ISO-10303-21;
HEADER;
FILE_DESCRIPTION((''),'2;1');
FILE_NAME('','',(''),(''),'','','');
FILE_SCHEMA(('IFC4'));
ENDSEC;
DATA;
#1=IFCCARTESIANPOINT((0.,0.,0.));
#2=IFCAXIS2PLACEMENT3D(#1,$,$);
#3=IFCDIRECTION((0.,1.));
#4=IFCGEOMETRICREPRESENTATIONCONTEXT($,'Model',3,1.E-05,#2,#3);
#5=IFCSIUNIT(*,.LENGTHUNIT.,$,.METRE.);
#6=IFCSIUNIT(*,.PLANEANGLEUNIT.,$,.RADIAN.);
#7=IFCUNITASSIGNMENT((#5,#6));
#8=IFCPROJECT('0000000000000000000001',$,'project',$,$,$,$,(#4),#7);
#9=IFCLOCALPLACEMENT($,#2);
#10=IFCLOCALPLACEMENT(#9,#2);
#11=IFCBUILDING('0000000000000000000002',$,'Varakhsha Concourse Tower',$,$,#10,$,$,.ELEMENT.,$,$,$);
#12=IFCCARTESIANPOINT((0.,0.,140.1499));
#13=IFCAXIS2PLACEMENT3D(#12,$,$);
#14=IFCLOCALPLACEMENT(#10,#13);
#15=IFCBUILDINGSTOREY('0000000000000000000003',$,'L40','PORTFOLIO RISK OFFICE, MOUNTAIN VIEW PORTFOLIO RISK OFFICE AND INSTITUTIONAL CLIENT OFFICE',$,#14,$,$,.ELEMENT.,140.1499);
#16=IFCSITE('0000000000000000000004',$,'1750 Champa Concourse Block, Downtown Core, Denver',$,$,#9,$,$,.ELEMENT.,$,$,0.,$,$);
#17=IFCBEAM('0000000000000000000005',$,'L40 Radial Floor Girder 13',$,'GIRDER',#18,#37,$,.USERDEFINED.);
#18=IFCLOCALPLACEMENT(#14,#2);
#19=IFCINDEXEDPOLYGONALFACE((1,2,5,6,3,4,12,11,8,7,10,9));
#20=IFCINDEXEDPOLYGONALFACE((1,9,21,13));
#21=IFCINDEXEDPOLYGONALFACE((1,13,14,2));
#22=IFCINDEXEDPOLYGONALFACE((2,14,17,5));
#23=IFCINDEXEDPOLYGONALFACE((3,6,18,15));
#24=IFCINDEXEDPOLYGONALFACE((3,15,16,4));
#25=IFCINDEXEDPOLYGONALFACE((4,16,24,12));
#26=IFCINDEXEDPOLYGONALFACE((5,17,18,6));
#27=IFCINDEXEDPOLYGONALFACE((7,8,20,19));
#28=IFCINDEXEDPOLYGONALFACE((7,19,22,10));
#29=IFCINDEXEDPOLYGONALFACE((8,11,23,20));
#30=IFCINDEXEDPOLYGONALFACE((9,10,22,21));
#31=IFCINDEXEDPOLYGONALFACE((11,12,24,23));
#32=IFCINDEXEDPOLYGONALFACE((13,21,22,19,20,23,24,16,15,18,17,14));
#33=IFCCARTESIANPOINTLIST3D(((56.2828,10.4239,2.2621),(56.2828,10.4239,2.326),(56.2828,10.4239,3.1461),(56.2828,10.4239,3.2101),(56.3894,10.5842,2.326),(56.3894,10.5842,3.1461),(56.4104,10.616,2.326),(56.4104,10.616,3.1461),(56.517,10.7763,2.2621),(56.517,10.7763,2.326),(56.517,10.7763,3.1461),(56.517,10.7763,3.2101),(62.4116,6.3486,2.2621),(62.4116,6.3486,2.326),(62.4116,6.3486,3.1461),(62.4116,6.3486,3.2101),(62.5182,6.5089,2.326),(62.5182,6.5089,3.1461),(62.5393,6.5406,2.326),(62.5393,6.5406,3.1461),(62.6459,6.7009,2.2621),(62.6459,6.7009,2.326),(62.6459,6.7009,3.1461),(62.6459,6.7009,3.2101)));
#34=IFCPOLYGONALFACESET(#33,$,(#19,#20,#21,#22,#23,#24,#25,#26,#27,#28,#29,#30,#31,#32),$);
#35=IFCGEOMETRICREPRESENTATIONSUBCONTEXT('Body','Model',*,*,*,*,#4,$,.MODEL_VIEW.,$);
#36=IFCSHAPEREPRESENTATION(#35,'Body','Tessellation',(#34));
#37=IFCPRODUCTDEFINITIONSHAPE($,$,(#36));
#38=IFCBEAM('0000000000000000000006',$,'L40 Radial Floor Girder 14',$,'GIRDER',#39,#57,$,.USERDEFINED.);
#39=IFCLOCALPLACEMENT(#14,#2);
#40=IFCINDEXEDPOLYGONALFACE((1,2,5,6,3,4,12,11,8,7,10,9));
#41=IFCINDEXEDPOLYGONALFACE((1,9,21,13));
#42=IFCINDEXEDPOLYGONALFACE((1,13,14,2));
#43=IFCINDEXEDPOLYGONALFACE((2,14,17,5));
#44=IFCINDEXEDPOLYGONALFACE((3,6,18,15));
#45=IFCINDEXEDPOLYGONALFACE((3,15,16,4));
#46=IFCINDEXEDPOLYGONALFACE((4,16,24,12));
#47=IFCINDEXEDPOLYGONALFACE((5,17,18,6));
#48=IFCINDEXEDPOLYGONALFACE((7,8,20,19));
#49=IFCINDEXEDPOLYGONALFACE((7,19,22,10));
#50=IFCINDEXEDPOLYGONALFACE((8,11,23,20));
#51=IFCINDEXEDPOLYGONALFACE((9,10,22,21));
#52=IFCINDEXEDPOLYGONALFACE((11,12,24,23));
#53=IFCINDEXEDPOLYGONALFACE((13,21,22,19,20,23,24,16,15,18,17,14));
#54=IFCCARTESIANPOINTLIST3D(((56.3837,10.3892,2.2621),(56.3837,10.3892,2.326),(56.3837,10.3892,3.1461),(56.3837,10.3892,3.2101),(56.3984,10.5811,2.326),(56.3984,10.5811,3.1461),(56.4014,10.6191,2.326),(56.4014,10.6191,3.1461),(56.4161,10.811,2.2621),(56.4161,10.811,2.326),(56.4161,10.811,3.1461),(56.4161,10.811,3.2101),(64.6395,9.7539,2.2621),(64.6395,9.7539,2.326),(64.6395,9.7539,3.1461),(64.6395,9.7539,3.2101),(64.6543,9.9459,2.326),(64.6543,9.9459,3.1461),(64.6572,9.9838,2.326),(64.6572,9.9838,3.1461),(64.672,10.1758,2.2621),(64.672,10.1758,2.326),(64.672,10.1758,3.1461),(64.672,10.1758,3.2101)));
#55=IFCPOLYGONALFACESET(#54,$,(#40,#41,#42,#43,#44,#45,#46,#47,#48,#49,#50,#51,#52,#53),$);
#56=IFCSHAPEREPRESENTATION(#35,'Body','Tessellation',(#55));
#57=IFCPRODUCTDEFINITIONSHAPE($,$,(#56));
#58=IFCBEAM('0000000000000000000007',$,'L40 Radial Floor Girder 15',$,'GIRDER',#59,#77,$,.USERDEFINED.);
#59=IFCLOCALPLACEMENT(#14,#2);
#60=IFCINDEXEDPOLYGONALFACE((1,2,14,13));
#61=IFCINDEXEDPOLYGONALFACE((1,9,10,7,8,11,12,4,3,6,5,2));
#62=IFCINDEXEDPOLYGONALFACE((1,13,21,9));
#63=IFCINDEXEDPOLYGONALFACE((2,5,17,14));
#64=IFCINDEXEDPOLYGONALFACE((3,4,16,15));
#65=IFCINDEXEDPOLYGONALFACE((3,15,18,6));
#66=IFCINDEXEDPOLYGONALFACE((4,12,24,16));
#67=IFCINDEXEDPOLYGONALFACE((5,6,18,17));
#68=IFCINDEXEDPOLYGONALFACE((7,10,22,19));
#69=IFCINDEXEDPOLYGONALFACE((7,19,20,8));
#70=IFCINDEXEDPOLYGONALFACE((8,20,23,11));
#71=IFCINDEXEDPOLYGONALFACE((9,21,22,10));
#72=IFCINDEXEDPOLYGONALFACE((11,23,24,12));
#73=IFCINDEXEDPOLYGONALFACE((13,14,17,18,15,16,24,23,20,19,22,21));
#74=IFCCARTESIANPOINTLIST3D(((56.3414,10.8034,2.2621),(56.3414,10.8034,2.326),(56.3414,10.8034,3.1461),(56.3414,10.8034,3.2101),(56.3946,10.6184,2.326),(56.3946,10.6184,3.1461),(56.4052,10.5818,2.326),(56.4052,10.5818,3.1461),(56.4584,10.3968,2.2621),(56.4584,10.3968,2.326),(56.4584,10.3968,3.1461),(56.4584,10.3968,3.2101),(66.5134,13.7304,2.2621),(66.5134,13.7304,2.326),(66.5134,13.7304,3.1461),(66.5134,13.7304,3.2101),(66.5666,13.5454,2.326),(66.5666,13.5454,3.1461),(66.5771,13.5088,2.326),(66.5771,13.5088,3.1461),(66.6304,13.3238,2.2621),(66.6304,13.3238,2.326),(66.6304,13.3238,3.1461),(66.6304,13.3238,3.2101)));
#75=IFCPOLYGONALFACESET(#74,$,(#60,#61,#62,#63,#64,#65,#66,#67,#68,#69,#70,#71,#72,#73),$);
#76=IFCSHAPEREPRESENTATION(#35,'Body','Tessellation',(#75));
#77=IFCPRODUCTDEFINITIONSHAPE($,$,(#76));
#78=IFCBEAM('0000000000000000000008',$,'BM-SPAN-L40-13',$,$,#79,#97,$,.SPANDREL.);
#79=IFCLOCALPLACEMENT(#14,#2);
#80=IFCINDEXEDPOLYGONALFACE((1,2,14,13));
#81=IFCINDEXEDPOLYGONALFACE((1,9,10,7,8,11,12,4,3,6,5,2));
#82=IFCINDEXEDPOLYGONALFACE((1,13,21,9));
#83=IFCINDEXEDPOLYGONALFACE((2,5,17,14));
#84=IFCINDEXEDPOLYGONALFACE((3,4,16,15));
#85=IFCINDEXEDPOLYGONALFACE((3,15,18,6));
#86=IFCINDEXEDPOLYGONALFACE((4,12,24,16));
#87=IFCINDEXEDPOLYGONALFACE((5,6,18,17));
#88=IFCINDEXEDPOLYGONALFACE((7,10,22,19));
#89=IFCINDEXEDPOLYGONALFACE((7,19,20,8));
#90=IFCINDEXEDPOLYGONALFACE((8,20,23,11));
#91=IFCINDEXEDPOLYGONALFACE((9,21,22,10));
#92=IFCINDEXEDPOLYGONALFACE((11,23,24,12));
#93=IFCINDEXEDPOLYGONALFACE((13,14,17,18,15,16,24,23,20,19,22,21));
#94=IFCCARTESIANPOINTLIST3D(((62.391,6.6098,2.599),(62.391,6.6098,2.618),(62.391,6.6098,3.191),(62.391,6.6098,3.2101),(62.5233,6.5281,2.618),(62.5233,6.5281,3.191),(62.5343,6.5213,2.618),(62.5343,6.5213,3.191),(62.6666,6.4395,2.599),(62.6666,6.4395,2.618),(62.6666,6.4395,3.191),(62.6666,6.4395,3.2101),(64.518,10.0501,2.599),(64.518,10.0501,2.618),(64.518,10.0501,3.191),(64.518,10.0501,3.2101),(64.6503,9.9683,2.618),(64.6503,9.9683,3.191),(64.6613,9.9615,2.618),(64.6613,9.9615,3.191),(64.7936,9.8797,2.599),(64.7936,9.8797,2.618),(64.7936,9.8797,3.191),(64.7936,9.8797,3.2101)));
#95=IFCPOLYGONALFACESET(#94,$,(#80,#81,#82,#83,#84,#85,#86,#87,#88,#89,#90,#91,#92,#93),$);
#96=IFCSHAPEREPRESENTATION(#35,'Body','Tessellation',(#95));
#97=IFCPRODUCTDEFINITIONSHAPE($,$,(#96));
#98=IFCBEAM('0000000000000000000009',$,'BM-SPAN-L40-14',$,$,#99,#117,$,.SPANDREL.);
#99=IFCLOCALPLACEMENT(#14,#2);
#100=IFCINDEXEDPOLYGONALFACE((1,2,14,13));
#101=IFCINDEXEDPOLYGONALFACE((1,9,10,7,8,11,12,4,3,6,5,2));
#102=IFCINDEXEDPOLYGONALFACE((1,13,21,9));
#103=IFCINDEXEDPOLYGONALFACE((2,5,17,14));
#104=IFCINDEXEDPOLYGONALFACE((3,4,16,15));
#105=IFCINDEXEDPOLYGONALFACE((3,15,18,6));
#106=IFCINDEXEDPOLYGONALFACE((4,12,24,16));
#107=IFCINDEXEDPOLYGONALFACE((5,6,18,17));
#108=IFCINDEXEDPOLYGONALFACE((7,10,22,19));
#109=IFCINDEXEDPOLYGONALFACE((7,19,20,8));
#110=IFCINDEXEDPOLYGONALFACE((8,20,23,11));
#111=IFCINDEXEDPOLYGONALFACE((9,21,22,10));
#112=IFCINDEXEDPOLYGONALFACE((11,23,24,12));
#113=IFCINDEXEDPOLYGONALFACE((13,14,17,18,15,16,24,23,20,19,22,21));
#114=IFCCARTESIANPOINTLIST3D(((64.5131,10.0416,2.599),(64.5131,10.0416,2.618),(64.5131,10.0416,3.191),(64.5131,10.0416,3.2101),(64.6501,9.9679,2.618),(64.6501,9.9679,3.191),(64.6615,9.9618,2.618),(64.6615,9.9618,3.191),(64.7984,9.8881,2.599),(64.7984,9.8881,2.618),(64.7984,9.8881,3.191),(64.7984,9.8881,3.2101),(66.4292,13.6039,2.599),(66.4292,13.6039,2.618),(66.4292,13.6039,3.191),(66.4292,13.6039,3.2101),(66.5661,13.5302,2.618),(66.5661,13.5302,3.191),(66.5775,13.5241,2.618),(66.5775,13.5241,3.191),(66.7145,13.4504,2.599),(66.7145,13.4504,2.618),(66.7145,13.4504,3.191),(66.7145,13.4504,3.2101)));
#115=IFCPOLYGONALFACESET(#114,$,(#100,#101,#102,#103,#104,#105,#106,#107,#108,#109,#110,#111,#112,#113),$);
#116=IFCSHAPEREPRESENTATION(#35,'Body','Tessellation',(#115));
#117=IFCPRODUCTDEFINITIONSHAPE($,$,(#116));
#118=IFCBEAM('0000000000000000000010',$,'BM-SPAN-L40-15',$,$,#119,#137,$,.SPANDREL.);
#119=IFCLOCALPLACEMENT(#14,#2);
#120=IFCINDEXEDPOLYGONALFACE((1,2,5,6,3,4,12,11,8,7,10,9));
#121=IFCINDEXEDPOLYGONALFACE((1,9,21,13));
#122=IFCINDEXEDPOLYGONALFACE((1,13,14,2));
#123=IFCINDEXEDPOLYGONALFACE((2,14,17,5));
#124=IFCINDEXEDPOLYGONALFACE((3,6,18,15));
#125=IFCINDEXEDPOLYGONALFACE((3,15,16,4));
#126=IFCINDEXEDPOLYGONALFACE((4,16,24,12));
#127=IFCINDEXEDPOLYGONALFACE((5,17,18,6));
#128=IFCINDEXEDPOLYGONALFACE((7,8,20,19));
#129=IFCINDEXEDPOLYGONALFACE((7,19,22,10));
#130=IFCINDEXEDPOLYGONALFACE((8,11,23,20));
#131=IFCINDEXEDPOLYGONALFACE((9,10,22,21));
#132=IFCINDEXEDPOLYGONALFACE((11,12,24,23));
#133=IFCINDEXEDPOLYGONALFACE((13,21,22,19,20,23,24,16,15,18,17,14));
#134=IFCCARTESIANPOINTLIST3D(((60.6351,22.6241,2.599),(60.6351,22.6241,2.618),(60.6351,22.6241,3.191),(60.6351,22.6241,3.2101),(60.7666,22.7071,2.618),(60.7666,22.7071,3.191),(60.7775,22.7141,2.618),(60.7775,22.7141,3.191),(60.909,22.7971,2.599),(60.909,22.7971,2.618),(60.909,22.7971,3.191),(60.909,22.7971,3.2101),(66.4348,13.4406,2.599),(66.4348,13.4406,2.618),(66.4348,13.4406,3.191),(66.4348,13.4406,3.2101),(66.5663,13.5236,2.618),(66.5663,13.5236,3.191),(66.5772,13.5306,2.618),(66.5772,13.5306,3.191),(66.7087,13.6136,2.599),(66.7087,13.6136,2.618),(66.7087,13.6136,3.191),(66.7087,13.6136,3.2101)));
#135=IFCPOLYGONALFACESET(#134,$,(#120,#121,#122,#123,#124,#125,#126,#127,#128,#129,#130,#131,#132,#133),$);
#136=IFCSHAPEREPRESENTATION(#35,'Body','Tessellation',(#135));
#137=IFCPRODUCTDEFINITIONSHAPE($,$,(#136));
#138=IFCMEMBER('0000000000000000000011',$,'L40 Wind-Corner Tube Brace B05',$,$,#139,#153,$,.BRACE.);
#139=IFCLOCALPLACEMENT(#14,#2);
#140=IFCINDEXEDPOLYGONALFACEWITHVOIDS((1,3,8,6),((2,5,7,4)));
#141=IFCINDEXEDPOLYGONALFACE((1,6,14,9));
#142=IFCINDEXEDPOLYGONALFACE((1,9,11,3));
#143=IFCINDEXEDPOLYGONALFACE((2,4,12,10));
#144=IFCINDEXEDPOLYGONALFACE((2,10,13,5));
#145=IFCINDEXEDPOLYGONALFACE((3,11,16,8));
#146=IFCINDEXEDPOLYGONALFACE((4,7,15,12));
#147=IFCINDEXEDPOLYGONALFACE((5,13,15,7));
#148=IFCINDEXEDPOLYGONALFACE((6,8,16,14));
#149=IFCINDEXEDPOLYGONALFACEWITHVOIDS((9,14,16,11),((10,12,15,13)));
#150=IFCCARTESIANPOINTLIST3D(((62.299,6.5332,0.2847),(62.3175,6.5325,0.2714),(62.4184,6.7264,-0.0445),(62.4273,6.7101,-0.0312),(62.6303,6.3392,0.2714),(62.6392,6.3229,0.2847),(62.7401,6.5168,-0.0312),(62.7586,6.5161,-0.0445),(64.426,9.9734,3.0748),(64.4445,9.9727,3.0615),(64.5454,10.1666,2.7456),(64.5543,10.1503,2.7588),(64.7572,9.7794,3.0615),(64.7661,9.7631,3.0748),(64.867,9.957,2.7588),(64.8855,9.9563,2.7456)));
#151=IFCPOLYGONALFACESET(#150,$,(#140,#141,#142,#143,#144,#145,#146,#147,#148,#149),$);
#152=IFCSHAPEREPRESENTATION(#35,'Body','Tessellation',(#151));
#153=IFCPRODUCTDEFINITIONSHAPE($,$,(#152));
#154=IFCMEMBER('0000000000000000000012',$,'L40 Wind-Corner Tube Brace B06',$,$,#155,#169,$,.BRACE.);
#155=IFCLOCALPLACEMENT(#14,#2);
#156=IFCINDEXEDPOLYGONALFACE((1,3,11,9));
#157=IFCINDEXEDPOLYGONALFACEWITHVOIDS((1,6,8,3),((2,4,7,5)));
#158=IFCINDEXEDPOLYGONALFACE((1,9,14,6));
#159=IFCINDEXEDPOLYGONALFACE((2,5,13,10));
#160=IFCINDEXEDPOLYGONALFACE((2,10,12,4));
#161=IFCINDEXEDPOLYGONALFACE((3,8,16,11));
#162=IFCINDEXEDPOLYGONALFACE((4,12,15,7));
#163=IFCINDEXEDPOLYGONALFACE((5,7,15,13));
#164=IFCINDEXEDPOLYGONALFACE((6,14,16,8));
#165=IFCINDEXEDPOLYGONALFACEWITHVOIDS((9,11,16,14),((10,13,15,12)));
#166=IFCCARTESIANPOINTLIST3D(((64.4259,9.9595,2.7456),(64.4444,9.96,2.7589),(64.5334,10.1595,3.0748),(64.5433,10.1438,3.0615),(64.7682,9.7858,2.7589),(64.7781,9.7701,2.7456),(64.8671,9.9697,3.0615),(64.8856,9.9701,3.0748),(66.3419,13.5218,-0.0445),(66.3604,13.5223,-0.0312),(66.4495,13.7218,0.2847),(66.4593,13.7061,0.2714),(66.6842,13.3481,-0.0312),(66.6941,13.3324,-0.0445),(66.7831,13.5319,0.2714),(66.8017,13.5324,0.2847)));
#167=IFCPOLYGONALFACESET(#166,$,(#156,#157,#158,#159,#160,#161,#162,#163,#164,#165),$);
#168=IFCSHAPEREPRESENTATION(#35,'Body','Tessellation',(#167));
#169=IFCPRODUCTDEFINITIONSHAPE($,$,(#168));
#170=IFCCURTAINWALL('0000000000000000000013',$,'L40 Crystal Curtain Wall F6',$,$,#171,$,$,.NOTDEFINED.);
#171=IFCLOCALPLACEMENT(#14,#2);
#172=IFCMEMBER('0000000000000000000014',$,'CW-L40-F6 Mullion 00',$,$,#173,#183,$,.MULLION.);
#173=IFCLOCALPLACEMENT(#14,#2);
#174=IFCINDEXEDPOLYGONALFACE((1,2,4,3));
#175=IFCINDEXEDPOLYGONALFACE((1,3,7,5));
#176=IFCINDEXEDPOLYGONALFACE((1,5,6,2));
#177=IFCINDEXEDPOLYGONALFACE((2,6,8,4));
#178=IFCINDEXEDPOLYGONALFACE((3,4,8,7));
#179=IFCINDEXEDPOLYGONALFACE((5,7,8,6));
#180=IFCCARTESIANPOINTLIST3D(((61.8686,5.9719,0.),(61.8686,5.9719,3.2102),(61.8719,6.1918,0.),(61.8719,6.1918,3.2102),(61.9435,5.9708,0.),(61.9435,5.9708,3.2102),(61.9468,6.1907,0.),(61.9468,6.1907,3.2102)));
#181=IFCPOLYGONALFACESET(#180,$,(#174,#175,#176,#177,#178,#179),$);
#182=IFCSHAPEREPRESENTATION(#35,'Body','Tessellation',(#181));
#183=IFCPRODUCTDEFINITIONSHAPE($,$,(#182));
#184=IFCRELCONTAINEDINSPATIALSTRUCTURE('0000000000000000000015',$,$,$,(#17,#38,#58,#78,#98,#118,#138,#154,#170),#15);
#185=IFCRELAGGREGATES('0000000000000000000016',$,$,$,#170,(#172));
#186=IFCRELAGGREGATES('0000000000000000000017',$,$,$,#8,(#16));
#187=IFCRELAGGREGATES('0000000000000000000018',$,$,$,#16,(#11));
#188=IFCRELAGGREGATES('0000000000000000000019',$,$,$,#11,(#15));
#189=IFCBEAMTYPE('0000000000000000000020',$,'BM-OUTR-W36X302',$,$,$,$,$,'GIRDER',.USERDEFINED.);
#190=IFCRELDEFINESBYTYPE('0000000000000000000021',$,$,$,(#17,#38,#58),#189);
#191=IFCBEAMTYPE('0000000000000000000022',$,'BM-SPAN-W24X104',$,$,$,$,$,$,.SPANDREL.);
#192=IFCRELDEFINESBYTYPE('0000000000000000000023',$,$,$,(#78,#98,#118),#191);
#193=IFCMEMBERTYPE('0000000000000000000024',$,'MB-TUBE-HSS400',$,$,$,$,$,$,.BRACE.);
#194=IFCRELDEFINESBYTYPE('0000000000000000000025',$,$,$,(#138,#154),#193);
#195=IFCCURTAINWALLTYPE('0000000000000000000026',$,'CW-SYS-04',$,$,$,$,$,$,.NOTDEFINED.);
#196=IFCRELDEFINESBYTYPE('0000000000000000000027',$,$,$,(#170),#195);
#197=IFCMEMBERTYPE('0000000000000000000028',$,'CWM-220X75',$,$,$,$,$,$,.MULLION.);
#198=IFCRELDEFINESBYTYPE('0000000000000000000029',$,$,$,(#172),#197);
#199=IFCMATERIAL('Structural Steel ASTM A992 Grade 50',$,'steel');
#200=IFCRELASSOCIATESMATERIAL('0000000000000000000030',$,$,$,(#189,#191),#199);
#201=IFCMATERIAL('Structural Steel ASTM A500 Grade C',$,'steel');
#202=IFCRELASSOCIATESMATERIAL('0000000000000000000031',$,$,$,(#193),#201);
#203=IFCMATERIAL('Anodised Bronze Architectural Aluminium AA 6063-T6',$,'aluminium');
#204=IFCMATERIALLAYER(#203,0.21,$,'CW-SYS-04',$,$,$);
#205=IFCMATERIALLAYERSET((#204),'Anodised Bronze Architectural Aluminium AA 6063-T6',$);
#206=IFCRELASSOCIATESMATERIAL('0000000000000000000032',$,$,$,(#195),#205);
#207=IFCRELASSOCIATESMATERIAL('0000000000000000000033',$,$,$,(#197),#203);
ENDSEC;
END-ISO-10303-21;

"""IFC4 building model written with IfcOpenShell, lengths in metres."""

from ifc_helpers import new_model, si_unit, direction, frame, origin, origin_2d, place, context, subcontext, project, spatial, rectangle, hollow_rectangle, i_section, extrude, source, transform, mapped, material, layer, layer_set, material_profile, profile_set, type_object, type_shapes, element, aggregate, save


model = new_model("IFC4")

# Units and contexts
model_context = context("Model", 3, precision=1e-05, world=origin(), true_north=direction((0.0, 1.0)))
body_context = subcontext(model_context, "Body", "Model", "MODEL_VIEW")
ifc_project = project(units=[si_unit("LENGTHUNIT", "METRE"), si_unit("PLANEANGLEUNIT", "RADIAN")], contexts=[model_context])

# Site, building, storey
site_placement = place(None, origin())
site = spatial("IfcSite", under=ifc_project, at=site_placement, Name="1750 Champa Concourse Block, Downtown Core, Denver", CompositionType="ELEMENT", RefElevation=0.0)
building_placement = place(site_placement, origin())
building = spatial("IfcBuilding", under=site, at=building_placement, Name="Varakhsha Concourse Tower", CompositionType="ELEMENT")
storey_placement = place(building_placement, frame((0.0, 0.0, 140.1499)))
storey = spatial("IfcBuildingStorey", under=building, at=storey_placement, Name="L40", Description="PORTFOLIO RISK OFFICE, MOUNTAIN VIEW PORTFOLIO RISK OFFICE AND INSTITUTIONAL CLIENT OFFICE", CompositionType="ELEMENT", Elevation=140.1499)

# Shared definitions
ifc_material_1 = material(Name="Structural Steel ASTM A992 Grade 50", Category="steel")

# Beams
ifc_material_profile_1 = material_profile(ifc_material_1, i_section(OverallWidth=0.4231, OverallDepth=0.948, WebThickness=0.0381, FlangeThickness=0.064, at=origin_2d()), Name="W36X302")
ifc_profile_set_1 = profile_set([ifc_material_profile_1], Name="Structural Steel ASTM A992 Grade 50")
beam_type_1 = type_object("IfcBeamType", Name="BM-OUTR-W36X302", ElementType="GIRDER", PredefinedType="USERDEFINED", material=ifc_profile_set_1)
beam_1_placement = place(storey_placement, frame((56.3999, 10.6001, 2.7361), z_axis=(0.832708, -0.553712, 0.0), x_axis=(0.553712, 0.832708, 0.0)))
element("IfcBeam", 1, at=beam_1_placement, inside=storey, type_object=beam_type_1, Name="L40 Radial Floor Girder 13", ObjectType="GIRDER", PredefinedType="USERDEFINED", context=body_context, shape_type="SweptSolid", body=[
    extrude(i_section(OverallWidth=0.4231, OverallDepth=0.948, WebThickness=0.0381, FlangeThickness=0.064, at=origin_2d()), origin(), (0.0, 0.0, 1.0), 7.3601),
])
beam_2_placement = place(storey_placement, frame((56.3999, 10.6001, 2.7361), z_axis=(0.997053, -0.076719, 0.0), x_axis=(0.076719, 0.997053, 0.0)))
element("IfcBeam", 2, at=beam_2_placement, inside=storey, type_object=beam_type_1, Name="L40 Radial Floor Girder 14", ObjectType="GIRDER", PredefinedType="USERDEFINED", context=body_context, shape_type="SweptSolid", body=[
    extrude(i_section(OverallWidth=0.4231, OverallDepth=0.948, WebThickness=0.0381, FlangeThickness=0.064, at=origin_2d()), origin(), (0.0, 0.0, 1.0), 8.2803),
])
beam_3_placement = place(storey_placement, frame((56.3999, 10.6001, 2.7361), z_axis=(0.961004, 0.276533, 0.0), x_axis=(-0.276533, 0.961004, 0.0)))
element("IfcBeam", 3, at=beam_3_placement, inside=storey, type_object=beam_type_1, Name="L40 Radial Floor Girder 15", ObjectType="GIRDER", PredefinedType="USERDEFINED", context=body_context, shape_type="SweptSolid", body=[
    extrude(i_section(OverallWidth=0.4231, OverallDepth=0.948, WebThickness=0.0381, FlangeThickness=0.064, at=origin_2d()), origin(), (0.0, 0.0, 1.0), 10.5847),
])
ifc_material_profile_2 = material_profile(ifc_material_1, i_section(OverallWidth=0.324, OverallDepth=0.6111, WebThickness=0.0129, FlangeThickness=0.019, at=origin_2d()), Name="W24X104")
ifc_profile_set_2 = profile_set([ifc_material_profile_2], Name="Structural Steel ASTM A992 Grade 50")
beam_type_2 = type_object("IfcBeamType", Name="BM-SPAN-W24X104", PredefinedType="SPANDREL", material=ifc_profile_set_2)
beam_4_placement = place(storey_placement, frame((62.5288, 6.5247, 2.9045), z_axis=(0.525875, 0.850562, 0.0), x_axis=(-0.850562, 0.525875, 0.0)))
element("IfcBeam", 4, at=beam_4_placement, inside=storey, type_object=beam_type_2, Name="BM-SPAN-L40-13", PredefinedType="SPANDREL", context=body_context, shape_type="SweptSolid", body=[
    extrude(i_section(OverallWidth=0.324, OverallDepth=0.6111, WebThickness=0.0129, FlangeThickness=0.019, at=origin_2d()), origin(), (0.0, 0.0, 1.0), 4.0447),
])
beam_5_placement = place(storey_placement, frame((64.6558, 9.9648, 2.9045), z_axis=(0.473693, 0.88069, 0.0), x_axis=(-0.88069, 0.473693, 0.0)))
element("IfcBeam", 5, at=beam_5_placement, inside=storey, type_object=beam_type_2, Name="BM-SPAN-L40-14", PredefinedType="SPANDREL", context=body_context, shape_type="SweptSolid", body=[
    extrude(i_section(OverallWidth=0.324, OverallDepth=0.6111, WebThickness=0.0129, FlangeThickness=0.019, at=origin_2d()), origin(), (0.0, 0.0, 1.0), 4.0449),
])
beam_6_placement = place(storey_placement, frame((66.5718, 13.5271, 2.9045), z_axis=(-0.533969, 0.845504, 0.0), x_axis=(-0.845504, -0.533969, 0.0)))
element("IfcBeam", 6, at=beam_6_placement, inside=storey, type_object=beam_type_2, Name="BM-SPAN-L40-15", PredefinedType="SPANDREL", context=body_context, shape_type="SweptSolid", body=[
    extrude(i_section(OverallWidth=0.324, OverallDepth=0.6111, WebThickness=0.0129, FlangeThickness=0.019, at=origin_2d()), origin(), (0.0, 0.0, 1.0), 10.8616),
])

# Members
ifc_material_2 = material(Name="Structural Steel ASTM A500 Grade C", Category="steel")
ifc_material_profile_3 = material_profile(ifc_material_2, hollow_rectangle(XDim=0.3999, YDim=0.3999, WallThickness=0.0161, at=origin_2d()), Name="HSS 400x400x16")
ifc_profile_set_3 = profile_set([ifc_material_profile_3], Name="Structural Steel ASTM A500 Grade C")
member_type_1 = type_object("IfcMemberType", Name="MB-TUBE-HSS400", PredefinedType="BRACE", material=ifc_profile_set_3)
shared_shape_1 = source(origin(), body_context, "Body", "SweptSolid", [
    extrude(hollow_rectangle(XDim=0.3999, YDim=0.3999, WallThickness=0.0161, at=origin_2d()), origin(), (0.0, 0.0, 1.0), 4.9136),
])
member_1_placement = place(storey_placement, frame((62.5288, 6.5247, 0.1201), z_axis=(0.432874, 0.70014, 0.567824), x_axis=(-0.850562, 0.525875, 0.0)))
element("IfcMember", 7, at=member_1_placement, inside=storey, type_object=member_type_1, Name="L40 Wind-Corner Tube Brace B05", PredefinedType="BRACE", context=body_context, shape_type="MappedRepresentation", body=[
    mapped(shared_shape_1, transform((0.0, 0.0, 0.0), scale=1.0)),
])
shared_shape_2 = source(origin(), body_context, "Body", "SweptSolid", [
    extrude(hollow_rectangle(XDim=0.3999, YDim=0.3999, WallThickness=0.0161, at=origin_2d()), origin(), (0.0, 0.0, 1.0), 4.9138),
])
type_shapes(member_type_1, [shared_shape_1, shared_shape_2])
member_2_placement = place(storey_placement, frame((66.5718, 13.5271, 0.1201), z_axis=(-0.389928, -0.724954, 0.567801), x_axis=(0.88069, -0.473693, 0.0)))
element("IfcMember", 8, at=member_2_placement, inside=storey, type_object=member_type_1, Name="L40 Wind-Corner Tube Brace B06", PredefinedType="BRACE", context=body_context, shape_type="MappedRepresentation", body=[
    mapped(shared_shape_2, transform((0.0, 0.0, 0.0), scale=1.0)),
])

# Curtain wall, member
ifc_material_3 = material(Name="Anodised Bronze Architectural Aluminium AA 6063-T6", Category="aluminium")
ifc_layer_1 = layer(ifc_material_3, 0.21, Name="CW-SYS-04")
ifc_layer_set_1 = layer_set([ifc_layer_1], Name="Anodised Bronze Architectural Aluminium AA 6063-T6")
curtain_wall_type = type_object("IfcCurtainWallType", Name="CW-SYS-04", PredefinedType="NOTDEFINED", material=ifc_layer_set_1)
curtain_wall_1_placement = place(storey_placement, origin())
curtain_wall_1 = element("IfcCurtainWall", 9, at=curtain_wall_1_placement, inside=storey, type_object=curtain_wall_type, Name="L40 Crystal Curtain Wall F6", PredefinedType="NOTDEFINED")
ifc_material_profile_4 = material_profile(ifc_material_3, rectangle(XDim=0.075, YDim=0.22, at=origin_2d()), Name="CWM-220X75")
ifc_profile_set_4 = profile_set([ifc_material_profile_4], Name="Anodised Bronze Architectural Aluminium AA 6063-T6")
member_type_2 = type_object("IfcMemberType", Name="CWM-220X75", PredefinedType="MULLION", material=ifc_profile_set_4)
shared_shape_3 = source(origin(), body_context, "Body", "SweptSolid", [
    extrude(rectangle(XDim=0.075, YDim=0.22, at=origin_2d()), origin(), (0.0, 0.0, 1.0), 3.2102),
])
type_shapes(member_type_2, [shared_shape_3])
member_3_placement = place(storey_placement, frame((61.9077, 6.0813, 0.0), z_axis=(0.0, 0.0, 1.0), x_axis=(-0.999887, 0.015063, 0.0)))
member_3 = element("IfcMember", 10, at=member_3_placement, type_object=member_type_2, Name="CW-L40-F6 Mullion 00", PredefinedType="MULLION", context=body_context, shape_type="MappedRepresentation", body=[
    mapped(shared_shape_3, transform((0.0, 0.0, 0.0), scale=1.0)),
])

aggregate(curtain_wall_1, [member_3])

save(model, "model.ifc")
